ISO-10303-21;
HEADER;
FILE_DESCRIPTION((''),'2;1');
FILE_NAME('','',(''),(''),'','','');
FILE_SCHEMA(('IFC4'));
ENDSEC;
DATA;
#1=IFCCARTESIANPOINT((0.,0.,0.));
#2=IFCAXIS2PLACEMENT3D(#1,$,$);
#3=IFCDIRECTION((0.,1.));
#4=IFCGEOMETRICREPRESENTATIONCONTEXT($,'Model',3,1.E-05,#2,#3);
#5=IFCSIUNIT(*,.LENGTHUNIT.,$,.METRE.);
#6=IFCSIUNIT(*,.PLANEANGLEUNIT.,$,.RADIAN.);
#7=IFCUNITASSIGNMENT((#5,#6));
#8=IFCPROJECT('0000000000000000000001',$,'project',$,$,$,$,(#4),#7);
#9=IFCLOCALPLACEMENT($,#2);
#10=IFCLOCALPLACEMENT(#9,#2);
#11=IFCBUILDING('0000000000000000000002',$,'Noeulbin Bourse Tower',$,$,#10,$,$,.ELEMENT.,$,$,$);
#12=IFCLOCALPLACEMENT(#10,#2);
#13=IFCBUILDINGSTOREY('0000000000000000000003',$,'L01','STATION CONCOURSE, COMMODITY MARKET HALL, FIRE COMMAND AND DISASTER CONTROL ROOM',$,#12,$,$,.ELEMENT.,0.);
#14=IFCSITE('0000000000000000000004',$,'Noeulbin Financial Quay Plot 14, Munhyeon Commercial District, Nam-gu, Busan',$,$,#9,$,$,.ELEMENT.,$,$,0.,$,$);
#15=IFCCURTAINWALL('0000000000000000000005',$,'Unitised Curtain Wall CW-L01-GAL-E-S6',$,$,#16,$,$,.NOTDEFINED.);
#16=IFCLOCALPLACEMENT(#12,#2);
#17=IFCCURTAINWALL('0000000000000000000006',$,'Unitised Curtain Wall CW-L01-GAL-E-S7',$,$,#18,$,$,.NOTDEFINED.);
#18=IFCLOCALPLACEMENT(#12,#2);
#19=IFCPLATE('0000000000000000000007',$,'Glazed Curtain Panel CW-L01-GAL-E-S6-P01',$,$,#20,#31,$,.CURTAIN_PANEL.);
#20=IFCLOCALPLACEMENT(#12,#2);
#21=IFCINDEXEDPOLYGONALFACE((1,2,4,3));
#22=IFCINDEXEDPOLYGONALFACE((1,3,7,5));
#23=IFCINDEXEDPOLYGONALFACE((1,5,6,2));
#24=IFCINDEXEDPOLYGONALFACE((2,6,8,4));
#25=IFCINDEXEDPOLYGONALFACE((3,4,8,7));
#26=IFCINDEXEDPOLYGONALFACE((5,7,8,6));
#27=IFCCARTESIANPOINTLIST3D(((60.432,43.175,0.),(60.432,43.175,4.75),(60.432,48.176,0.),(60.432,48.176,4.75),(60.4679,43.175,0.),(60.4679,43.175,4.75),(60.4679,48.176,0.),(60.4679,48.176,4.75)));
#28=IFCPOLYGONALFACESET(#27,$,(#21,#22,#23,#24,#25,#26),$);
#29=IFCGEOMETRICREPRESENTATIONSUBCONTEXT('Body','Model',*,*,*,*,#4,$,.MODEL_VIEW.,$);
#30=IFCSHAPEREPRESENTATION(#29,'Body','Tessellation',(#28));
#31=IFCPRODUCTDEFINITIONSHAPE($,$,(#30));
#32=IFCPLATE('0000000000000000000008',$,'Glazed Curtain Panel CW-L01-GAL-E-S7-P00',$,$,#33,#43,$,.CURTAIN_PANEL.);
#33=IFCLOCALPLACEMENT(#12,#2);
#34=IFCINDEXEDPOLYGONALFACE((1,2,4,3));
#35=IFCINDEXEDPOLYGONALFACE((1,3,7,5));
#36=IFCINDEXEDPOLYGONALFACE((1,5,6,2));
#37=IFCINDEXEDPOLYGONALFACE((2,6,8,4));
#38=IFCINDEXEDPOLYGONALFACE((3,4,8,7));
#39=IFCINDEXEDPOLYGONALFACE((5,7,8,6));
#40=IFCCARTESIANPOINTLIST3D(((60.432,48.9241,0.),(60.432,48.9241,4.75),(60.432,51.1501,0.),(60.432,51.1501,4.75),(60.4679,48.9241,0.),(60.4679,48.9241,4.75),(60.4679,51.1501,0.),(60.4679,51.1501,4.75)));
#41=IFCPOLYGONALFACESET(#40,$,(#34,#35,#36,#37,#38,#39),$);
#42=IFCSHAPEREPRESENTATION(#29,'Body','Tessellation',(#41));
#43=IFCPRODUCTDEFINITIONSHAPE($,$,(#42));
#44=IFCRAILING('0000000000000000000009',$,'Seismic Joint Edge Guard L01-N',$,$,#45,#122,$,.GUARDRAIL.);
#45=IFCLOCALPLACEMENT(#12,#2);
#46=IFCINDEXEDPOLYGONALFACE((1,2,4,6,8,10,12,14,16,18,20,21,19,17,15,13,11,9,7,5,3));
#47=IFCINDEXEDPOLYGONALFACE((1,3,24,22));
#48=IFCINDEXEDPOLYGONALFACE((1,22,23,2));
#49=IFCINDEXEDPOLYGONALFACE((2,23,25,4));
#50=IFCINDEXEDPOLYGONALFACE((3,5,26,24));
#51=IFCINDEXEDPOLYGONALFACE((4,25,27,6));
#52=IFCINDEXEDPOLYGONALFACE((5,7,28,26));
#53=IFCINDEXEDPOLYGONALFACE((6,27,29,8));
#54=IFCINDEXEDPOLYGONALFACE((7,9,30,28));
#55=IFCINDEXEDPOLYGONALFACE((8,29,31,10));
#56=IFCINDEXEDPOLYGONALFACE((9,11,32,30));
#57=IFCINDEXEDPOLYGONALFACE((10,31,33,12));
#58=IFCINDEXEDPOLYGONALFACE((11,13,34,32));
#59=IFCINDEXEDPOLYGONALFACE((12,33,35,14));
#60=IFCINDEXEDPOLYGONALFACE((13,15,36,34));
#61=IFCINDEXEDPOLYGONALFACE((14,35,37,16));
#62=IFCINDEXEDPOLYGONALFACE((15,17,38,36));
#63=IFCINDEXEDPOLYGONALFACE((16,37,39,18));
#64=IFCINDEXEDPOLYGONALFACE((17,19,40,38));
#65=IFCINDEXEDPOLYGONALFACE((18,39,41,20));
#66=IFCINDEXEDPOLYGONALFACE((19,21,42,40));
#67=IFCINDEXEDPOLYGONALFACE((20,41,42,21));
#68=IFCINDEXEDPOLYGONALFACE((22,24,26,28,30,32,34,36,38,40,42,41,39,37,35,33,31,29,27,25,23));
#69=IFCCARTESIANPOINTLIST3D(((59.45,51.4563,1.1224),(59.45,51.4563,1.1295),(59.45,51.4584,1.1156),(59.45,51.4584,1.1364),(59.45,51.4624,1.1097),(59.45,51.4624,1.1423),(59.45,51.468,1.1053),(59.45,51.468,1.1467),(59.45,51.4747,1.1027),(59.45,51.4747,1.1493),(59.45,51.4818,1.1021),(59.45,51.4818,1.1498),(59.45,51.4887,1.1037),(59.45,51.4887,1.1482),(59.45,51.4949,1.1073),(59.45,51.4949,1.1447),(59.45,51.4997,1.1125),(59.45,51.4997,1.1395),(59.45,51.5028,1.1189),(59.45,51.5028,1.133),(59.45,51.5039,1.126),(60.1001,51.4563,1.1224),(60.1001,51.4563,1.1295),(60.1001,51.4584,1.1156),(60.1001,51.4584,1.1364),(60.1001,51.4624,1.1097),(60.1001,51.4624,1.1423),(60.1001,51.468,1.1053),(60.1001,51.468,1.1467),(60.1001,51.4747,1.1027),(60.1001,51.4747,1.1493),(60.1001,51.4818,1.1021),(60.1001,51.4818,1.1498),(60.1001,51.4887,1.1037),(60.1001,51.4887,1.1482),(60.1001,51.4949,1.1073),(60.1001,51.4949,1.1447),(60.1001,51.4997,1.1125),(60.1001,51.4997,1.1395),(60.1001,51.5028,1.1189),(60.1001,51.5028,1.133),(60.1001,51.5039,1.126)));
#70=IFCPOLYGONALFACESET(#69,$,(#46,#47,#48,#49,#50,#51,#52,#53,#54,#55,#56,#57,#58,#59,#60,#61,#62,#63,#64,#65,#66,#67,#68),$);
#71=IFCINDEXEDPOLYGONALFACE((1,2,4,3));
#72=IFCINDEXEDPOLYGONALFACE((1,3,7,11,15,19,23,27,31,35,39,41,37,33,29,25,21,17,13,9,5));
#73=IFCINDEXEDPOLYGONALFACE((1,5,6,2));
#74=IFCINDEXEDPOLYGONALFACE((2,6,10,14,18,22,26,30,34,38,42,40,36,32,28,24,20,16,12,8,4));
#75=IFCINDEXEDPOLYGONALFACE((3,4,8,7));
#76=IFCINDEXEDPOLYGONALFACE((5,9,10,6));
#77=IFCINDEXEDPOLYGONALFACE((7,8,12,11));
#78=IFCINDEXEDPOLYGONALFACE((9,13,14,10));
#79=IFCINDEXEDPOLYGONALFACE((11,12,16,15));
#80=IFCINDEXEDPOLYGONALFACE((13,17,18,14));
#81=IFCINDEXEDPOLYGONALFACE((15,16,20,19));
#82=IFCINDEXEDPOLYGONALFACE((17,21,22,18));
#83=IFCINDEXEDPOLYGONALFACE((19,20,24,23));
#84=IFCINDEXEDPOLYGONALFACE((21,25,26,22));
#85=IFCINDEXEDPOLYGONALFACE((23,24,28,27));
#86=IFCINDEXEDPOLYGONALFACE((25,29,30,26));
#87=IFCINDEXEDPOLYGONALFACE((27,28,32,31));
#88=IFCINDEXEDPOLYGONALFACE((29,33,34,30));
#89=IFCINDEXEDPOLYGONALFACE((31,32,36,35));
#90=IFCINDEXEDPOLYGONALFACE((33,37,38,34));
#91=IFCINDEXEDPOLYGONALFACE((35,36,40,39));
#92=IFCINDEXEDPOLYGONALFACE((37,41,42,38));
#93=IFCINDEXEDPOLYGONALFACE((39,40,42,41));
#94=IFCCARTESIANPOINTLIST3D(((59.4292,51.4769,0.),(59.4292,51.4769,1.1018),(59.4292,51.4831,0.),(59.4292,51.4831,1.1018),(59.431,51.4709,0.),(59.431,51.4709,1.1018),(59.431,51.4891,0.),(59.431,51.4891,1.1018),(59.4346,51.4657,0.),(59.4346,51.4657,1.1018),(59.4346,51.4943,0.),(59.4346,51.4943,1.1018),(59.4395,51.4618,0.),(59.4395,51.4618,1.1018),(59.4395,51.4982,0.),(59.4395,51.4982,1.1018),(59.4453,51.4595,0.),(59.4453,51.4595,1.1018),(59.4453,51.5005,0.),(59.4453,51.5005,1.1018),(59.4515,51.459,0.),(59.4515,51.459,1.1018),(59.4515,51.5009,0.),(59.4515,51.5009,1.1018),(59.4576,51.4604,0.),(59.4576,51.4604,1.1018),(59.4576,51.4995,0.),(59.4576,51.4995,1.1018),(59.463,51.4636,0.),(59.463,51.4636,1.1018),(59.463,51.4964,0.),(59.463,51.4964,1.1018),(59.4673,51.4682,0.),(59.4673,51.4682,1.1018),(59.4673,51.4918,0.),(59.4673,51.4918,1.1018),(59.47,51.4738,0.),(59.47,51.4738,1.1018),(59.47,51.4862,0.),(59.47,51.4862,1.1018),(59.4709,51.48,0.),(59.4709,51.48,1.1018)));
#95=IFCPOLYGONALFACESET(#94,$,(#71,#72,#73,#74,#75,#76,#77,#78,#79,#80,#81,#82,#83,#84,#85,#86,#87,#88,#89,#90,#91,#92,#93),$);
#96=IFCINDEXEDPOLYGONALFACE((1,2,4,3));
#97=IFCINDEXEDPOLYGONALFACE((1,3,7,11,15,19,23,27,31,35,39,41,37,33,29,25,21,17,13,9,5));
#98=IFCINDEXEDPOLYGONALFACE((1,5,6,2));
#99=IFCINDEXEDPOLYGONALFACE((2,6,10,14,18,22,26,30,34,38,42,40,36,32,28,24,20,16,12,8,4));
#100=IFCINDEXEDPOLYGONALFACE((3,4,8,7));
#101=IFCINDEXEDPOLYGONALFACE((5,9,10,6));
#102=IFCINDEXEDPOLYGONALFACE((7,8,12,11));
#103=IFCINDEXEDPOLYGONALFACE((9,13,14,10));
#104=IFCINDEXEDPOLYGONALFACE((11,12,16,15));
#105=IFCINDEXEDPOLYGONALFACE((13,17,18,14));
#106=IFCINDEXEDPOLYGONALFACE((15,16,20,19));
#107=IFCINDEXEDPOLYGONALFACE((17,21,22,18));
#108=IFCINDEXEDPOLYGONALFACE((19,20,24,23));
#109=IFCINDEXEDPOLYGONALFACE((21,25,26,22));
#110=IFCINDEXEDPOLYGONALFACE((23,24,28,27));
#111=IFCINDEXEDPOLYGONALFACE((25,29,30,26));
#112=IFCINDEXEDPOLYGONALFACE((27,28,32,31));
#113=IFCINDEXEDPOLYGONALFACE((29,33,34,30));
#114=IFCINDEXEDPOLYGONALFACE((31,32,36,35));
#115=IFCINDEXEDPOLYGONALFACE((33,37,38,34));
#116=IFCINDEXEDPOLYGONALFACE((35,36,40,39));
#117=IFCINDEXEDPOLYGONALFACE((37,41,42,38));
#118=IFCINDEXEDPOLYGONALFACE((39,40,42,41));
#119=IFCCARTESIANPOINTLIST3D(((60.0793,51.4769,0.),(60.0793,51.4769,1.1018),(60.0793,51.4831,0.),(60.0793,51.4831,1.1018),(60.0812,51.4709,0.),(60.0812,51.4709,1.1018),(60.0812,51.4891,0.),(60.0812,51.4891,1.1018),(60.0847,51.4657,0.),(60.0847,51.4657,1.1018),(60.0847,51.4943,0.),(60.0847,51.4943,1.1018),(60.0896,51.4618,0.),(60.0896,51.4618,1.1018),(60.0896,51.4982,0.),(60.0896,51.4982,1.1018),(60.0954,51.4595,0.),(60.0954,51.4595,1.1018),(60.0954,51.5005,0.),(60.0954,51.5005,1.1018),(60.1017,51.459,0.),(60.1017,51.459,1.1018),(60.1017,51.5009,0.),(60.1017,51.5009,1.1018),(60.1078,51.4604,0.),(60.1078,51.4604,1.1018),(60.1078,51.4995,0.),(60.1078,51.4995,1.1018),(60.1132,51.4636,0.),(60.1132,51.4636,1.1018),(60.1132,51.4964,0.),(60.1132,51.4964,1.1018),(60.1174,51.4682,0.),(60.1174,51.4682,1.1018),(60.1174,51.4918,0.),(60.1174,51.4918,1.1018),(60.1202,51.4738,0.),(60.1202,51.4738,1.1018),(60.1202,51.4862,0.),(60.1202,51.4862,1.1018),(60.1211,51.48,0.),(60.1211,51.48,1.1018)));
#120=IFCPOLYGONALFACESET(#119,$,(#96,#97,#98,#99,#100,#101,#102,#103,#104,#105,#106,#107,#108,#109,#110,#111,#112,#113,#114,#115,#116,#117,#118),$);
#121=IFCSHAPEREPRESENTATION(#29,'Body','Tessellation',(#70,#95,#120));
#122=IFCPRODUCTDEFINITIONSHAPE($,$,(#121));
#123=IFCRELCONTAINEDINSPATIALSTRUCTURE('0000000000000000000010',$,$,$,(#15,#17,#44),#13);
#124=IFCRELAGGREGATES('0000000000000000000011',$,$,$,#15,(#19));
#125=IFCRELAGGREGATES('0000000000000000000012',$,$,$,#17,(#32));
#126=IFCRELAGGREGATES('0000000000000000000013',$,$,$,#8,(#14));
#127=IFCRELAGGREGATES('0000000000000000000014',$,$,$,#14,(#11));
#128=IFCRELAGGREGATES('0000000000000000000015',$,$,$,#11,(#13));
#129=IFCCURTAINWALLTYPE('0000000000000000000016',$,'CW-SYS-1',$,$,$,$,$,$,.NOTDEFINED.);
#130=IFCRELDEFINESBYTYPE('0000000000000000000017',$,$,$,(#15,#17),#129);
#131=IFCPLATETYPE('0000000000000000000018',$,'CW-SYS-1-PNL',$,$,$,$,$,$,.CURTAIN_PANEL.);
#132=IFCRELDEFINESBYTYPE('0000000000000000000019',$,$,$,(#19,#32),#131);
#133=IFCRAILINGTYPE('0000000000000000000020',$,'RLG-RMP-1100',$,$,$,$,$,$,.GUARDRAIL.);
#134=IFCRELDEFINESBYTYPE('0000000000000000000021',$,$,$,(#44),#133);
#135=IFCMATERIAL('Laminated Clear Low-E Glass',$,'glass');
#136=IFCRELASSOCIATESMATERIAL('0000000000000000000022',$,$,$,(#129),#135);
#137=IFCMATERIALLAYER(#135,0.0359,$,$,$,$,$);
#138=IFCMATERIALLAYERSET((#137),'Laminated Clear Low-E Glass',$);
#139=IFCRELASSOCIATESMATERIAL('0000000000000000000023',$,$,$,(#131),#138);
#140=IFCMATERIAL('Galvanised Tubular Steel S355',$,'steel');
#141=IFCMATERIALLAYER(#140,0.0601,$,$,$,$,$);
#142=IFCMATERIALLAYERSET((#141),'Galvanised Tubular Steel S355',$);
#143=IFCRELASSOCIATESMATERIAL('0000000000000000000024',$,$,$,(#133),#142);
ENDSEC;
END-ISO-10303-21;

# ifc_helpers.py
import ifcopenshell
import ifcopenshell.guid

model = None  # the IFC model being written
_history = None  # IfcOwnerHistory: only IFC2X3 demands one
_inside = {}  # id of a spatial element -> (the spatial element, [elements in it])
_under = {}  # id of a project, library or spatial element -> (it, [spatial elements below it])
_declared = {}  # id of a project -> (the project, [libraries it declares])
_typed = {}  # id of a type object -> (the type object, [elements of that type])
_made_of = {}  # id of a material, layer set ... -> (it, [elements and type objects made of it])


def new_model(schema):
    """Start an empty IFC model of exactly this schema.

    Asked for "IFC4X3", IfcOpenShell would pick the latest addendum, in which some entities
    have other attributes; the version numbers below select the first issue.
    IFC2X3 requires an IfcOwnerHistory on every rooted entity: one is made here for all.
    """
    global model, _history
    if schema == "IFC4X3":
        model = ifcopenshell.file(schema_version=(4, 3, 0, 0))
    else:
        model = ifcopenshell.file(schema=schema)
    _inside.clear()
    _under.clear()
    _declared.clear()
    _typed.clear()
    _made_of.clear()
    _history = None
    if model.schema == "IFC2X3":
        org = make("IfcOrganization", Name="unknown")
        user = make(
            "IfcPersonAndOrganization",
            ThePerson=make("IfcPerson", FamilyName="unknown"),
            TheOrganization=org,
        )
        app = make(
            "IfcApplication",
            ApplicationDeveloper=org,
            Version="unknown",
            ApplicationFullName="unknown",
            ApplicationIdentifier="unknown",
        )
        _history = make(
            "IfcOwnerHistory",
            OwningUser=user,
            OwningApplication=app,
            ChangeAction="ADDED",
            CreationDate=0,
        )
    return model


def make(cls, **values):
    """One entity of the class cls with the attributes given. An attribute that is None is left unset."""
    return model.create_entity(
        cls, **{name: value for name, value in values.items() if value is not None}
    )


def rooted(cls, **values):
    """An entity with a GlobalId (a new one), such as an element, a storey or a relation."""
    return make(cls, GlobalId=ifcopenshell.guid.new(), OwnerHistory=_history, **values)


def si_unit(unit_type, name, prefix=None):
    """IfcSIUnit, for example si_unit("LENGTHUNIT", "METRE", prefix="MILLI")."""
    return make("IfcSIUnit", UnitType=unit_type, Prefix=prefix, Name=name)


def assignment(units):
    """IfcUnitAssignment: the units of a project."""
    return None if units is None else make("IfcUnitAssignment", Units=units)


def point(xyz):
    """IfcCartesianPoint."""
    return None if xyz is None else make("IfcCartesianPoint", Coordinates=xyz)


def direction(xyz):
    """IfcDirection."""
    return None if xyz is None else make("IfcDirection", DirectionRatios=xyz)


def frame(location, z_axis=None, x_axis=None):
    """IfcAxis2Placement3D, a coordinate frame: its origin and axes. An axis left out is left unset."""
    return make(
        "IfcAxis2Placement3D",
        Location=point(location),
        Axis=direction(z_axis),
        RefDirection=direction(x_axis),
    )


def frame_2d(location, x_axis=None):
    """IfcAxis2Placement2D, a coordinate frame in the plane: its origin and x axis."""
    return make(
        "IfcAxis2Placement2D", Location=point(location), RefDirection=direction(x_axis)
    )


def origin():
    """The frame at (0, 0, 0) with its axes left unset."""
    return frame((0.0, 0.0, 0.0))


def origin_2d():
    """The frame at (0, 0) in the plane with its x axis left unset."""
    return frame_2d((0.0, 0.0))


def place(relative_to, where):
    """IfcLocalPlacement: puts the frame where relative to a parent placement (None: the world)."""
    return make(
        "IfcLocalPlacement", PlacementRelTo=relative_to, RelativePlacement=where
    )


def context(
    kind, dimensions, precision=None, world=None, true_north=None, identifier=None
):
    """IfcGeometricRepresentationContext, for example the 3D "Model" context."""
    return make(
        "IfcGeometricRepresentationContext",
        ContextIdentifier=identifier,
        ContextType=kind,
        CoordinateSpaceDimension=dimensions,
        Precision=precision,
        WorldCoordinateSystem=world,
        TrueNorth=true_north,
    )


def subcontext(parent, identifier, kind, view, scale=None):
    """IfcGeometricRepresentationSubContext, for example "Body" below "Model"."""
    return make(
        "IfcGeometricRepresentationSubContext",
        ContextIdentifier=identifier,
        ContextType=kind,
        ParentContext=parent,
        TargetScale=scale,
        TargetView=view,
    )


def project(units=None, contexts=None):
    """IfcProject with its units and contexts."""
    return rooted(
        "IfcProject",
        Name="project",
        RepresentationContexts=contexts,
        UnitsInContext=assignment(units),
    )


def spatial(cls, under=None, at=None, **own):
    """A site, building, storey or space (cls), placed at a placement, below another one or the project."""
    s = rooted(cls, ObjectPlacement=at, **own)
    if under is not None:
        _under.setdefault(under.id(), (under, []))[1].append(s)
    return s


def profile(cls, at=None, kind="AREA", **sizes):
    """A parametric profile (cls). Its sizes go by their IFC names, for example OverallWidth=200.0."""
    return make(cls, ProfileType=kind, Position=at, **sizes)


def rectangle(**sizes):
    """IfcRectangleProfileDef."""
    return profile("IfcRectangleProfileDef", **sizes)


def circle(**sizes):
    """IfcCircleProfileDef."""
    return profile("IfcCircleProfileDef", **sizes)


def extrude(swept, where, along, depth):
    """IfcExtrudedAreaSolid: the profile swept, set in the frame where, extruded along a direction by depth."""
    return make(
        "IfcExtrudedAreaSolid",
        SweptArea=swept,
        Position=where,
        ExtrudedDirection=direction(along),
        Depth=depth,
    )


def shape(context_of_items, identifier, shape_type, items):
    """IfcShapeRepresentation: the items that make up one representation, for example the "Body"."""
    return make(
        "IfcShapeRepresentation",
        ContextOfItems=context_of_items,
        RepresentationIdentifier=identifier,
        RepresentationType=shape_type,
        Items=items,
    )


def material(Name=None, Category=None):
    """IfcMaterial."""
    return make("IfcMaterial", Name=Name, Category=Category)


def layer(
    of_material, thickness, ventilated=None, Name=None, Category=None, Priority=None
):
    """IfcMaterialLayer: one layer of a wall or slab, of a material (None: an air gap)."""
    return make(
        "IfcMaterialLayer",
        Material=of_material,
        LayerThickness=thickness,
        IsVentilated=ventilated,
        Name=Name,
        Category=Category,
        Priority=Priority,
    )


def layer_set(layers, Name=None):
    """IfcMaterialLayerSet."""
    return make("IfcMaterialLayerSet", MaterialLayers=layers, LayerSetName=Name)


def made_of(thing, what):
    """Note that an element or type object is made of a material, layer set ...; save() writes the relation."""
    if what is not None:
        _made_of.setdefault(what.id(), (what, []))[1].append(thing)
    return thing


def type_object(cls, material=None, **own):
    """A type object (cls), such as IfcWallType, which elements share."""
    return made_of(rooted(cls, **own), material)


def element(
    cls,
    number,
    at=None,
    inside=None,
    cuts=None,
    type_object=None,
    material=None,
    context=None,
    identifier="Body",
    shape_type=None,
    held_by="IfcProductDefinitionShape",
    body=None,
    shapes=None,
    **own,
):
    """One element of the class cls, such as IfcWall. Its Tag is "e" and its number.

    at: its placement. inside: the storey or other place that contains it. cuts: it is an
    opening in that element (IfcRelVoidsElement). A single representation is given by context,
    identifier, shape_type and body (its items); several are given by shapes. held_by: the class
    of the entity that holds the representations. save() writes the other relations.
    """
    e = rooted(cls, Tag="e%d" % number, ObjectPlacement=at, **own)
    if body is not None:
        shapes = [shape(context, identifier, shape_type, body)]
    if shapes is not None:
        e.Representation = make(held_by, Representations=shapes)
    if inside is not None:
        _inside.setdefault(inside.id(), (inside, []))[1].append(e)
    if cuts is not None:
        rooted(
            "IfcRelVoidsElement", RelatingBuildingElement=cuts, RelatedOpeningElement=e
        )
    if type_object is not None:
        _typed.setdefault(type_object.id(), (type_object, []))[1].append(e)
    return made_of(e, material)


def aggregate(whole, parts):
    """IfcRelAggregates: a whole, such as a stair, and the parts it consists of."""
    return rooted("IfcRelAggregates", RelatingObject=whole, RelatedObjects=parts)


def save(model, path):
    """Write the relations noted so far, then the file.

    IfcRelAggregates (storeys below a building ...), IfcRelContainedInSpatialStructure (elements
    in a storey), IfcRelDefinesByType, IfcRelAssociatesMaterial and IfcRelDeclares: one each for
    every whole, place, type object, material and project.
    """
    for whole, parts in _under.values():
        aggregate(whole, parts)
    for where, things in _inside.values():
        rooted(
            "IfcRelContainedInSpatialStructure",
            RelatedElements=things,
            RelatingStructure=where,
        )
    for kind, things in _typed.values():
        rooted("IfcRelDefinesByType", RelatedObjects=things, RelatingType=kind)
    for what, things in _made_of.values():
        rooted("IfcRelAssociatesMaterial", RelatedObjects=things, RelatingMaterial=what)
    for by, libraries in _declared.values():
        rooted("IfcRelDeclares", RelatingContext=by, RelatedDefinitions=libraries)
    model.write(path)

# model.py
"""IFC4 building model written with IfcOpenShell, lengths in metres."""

from ifc_helpers import new_model, si_unit, direction, frame, origin, origin_2d, place, context, subcontext, project, spatial, rectangle, circle, extrude, material, layer, layer_set, type_object, element, aggregate, save


model = new_model("IFC4")

# Units and contexts
model_context = context("Model", 3, precision=1e-05, world=origin(), true_north=direction((0.0, 1.0)))
body_context = subcontext(model_context, "Body", "Model", "MODEL_VIEW")
ifc_project = project(units=[si_unit("LENGTHUNIT", "METRE"), si_unit("PLANEANGLEUNIT", "RADIAN")], contexts=[model_context])

# Site, building, storey
site_placement = place(None, origin())
site = spatial("IfcSite", under=ifc_project, at=site_placement, Name="Noeulbin Financial Quay Plot 14, Munhyeon Commercial District, Nam-gu, Busan", CompositionType="ELEMENT", RefElevation=0.0)
building_placement = place(site_placement, origin())
building = spatial("IfcBuilding", under=site, at=building_placement, Name="Noeulbin Bourse Tower", CompositionType="ELEMENT")
storey_placement = place(building_placement, origin())
storey = spatial("IfcBuildingStorey", under=building, at=storey_placement, Name="L01", Description="STATION CONCOURSE, COMMODITY MARKET HALL, FIRE COMMAND AND DISASTER CONTROL ROOM", CompositionType="ELEMENT", Elevation=0.0)

# Curtain wall
ifc_material_1 = material(Name="Laminated Clear Low-E Glass", Category="glass")
curtain_wall_type = type_object("IfcCurtainWallType", Name="CW-SYS-1", PredefinedType="NOTDEFINED", material=ifc_material_1)
curtain_wall_1_placement = place(storey_placement, origin())
curtain_wall_1 = element("IfcCurtainWall", 1, at=curtain_wall_1_placement, inside=storey, type_object=curtain_wall_type, Name="Unitised Curtain Wall CW-L01-GAL-E-S6", PredefinedType="NOTDEFINED")

# Curtain wall
curtain_wall_2_placement = place(storey_placement, origin())
curtain_wall_2 = element("IfcCurtainWall", 2, at=curtain_wall_2_placement, inside=storey, type_object=curtain_wall_type, Name="Unitised Curtain Wall CW-L01-GAL-E-S7", PredefinedType="NOTDEFINED")

# Plates
ifc_layer_1 = layer(ifc_material_1, 0.0359)
ifc_layer_set_1 = layer_set([ifc_layer_1], Name="Laminated Clear Low-E Glass")
plate_type = type_object("IfcPlateType", Name="CW-SYS-1-PNL", PredefinedType="CURTAIN_PANEL", material=ifc_layer_set_1)
plate_1_placement = place(storey_placement, frame((60.45, 45.6755, 0.0), z_axis=(0.0, 0.0, 1.0), x_axis=(0.0, 1.0, 0.0)))
plate_1 = element("IfcPlate", 3, at=plate_1_placement, type_object=plate_type, Name="Glazed Curtain Panel CW-L01-GAL-E-S6-P01", PredefinedType="CURTAIN_PANEL", context=body_context, shape_type="SweptSolid", body=[
    extrude(rectangle(XDim=5.001, YDim=0.0359, at=origin_2d()), origin(), (0.0, 0.0, 1.0), 4.75),
])
aggregate(curtain_wall_1, [plate_1])
plate_2_placement = place(storey_placement, frame((60.45, 50.0371, 0.0), z_axis=(0.0, 0.0, 1.0), x_axis=(0.0, 1.0, 0.0)))
plate_2 = element("IfcPlate", 4, at=plate_2_placement, type_object=plate_type, Name="Glazed Curtain Panel CW-L01-GAL-E-S7-P00", PredefinedType="CURTAIN_PANEL", context=body_context, shape_type="SweptSolid", body=[
    extrude(rectangle(XDim=2.2261, YDim=0.0359, at=origin_2d()), origin(), (0.0, 0.0, 1.0), 4.75),
])
aggregate(curtain_wall_2, [plate_2])

# Railing
ifc_material_2 = material(Name="Galvanised Tubular Steel S355", Category="steel")
ifc_layer_2 = layer(ifc_material_2, 0.0601)
ifc_layer_set_2 = layer_set([ifc_layer_2], Name="Galvanised Tubular Steel S355")
railing_type = type_object("IfcRailingType", Name="RLG-RMP-1100", PredefinedType="GUARDRAIL", material=ifc_layer_set_2)
railing_placement = place(storey_placement, frame((59.45, 51.48, 0.0)))
element("IfcRailing", 5, at=railing_placement, inside=storey, type_object=railing_type, Name="Seismic Joint Edge Guard L01-N", PredefinedType="GUARDRAIL", context=body_context, shape_type="SweptSolid", body=[
    extrude(circle(Radius=0.0239, at=origin_2d()), frame((0.0, 0.0, 1.126), z_axis=(1.0, 0.0, 0.0), x_axis=(0.0, 1.0, 0.0)), (0.0, 0.0, 1.0), 0.6501),
    extrude(circle(Radius=0.021, at=origin_2d()), origin(), (0.0, 0.0, 1.0), 1.1018),
    extrude(circle(Radius=0.021, at=origin_2d()), frame((0.6501, 0.0, 0.0)), (0.0, 0.0, 1.0), 1.1018),
])

save(model, "model.ifc")
